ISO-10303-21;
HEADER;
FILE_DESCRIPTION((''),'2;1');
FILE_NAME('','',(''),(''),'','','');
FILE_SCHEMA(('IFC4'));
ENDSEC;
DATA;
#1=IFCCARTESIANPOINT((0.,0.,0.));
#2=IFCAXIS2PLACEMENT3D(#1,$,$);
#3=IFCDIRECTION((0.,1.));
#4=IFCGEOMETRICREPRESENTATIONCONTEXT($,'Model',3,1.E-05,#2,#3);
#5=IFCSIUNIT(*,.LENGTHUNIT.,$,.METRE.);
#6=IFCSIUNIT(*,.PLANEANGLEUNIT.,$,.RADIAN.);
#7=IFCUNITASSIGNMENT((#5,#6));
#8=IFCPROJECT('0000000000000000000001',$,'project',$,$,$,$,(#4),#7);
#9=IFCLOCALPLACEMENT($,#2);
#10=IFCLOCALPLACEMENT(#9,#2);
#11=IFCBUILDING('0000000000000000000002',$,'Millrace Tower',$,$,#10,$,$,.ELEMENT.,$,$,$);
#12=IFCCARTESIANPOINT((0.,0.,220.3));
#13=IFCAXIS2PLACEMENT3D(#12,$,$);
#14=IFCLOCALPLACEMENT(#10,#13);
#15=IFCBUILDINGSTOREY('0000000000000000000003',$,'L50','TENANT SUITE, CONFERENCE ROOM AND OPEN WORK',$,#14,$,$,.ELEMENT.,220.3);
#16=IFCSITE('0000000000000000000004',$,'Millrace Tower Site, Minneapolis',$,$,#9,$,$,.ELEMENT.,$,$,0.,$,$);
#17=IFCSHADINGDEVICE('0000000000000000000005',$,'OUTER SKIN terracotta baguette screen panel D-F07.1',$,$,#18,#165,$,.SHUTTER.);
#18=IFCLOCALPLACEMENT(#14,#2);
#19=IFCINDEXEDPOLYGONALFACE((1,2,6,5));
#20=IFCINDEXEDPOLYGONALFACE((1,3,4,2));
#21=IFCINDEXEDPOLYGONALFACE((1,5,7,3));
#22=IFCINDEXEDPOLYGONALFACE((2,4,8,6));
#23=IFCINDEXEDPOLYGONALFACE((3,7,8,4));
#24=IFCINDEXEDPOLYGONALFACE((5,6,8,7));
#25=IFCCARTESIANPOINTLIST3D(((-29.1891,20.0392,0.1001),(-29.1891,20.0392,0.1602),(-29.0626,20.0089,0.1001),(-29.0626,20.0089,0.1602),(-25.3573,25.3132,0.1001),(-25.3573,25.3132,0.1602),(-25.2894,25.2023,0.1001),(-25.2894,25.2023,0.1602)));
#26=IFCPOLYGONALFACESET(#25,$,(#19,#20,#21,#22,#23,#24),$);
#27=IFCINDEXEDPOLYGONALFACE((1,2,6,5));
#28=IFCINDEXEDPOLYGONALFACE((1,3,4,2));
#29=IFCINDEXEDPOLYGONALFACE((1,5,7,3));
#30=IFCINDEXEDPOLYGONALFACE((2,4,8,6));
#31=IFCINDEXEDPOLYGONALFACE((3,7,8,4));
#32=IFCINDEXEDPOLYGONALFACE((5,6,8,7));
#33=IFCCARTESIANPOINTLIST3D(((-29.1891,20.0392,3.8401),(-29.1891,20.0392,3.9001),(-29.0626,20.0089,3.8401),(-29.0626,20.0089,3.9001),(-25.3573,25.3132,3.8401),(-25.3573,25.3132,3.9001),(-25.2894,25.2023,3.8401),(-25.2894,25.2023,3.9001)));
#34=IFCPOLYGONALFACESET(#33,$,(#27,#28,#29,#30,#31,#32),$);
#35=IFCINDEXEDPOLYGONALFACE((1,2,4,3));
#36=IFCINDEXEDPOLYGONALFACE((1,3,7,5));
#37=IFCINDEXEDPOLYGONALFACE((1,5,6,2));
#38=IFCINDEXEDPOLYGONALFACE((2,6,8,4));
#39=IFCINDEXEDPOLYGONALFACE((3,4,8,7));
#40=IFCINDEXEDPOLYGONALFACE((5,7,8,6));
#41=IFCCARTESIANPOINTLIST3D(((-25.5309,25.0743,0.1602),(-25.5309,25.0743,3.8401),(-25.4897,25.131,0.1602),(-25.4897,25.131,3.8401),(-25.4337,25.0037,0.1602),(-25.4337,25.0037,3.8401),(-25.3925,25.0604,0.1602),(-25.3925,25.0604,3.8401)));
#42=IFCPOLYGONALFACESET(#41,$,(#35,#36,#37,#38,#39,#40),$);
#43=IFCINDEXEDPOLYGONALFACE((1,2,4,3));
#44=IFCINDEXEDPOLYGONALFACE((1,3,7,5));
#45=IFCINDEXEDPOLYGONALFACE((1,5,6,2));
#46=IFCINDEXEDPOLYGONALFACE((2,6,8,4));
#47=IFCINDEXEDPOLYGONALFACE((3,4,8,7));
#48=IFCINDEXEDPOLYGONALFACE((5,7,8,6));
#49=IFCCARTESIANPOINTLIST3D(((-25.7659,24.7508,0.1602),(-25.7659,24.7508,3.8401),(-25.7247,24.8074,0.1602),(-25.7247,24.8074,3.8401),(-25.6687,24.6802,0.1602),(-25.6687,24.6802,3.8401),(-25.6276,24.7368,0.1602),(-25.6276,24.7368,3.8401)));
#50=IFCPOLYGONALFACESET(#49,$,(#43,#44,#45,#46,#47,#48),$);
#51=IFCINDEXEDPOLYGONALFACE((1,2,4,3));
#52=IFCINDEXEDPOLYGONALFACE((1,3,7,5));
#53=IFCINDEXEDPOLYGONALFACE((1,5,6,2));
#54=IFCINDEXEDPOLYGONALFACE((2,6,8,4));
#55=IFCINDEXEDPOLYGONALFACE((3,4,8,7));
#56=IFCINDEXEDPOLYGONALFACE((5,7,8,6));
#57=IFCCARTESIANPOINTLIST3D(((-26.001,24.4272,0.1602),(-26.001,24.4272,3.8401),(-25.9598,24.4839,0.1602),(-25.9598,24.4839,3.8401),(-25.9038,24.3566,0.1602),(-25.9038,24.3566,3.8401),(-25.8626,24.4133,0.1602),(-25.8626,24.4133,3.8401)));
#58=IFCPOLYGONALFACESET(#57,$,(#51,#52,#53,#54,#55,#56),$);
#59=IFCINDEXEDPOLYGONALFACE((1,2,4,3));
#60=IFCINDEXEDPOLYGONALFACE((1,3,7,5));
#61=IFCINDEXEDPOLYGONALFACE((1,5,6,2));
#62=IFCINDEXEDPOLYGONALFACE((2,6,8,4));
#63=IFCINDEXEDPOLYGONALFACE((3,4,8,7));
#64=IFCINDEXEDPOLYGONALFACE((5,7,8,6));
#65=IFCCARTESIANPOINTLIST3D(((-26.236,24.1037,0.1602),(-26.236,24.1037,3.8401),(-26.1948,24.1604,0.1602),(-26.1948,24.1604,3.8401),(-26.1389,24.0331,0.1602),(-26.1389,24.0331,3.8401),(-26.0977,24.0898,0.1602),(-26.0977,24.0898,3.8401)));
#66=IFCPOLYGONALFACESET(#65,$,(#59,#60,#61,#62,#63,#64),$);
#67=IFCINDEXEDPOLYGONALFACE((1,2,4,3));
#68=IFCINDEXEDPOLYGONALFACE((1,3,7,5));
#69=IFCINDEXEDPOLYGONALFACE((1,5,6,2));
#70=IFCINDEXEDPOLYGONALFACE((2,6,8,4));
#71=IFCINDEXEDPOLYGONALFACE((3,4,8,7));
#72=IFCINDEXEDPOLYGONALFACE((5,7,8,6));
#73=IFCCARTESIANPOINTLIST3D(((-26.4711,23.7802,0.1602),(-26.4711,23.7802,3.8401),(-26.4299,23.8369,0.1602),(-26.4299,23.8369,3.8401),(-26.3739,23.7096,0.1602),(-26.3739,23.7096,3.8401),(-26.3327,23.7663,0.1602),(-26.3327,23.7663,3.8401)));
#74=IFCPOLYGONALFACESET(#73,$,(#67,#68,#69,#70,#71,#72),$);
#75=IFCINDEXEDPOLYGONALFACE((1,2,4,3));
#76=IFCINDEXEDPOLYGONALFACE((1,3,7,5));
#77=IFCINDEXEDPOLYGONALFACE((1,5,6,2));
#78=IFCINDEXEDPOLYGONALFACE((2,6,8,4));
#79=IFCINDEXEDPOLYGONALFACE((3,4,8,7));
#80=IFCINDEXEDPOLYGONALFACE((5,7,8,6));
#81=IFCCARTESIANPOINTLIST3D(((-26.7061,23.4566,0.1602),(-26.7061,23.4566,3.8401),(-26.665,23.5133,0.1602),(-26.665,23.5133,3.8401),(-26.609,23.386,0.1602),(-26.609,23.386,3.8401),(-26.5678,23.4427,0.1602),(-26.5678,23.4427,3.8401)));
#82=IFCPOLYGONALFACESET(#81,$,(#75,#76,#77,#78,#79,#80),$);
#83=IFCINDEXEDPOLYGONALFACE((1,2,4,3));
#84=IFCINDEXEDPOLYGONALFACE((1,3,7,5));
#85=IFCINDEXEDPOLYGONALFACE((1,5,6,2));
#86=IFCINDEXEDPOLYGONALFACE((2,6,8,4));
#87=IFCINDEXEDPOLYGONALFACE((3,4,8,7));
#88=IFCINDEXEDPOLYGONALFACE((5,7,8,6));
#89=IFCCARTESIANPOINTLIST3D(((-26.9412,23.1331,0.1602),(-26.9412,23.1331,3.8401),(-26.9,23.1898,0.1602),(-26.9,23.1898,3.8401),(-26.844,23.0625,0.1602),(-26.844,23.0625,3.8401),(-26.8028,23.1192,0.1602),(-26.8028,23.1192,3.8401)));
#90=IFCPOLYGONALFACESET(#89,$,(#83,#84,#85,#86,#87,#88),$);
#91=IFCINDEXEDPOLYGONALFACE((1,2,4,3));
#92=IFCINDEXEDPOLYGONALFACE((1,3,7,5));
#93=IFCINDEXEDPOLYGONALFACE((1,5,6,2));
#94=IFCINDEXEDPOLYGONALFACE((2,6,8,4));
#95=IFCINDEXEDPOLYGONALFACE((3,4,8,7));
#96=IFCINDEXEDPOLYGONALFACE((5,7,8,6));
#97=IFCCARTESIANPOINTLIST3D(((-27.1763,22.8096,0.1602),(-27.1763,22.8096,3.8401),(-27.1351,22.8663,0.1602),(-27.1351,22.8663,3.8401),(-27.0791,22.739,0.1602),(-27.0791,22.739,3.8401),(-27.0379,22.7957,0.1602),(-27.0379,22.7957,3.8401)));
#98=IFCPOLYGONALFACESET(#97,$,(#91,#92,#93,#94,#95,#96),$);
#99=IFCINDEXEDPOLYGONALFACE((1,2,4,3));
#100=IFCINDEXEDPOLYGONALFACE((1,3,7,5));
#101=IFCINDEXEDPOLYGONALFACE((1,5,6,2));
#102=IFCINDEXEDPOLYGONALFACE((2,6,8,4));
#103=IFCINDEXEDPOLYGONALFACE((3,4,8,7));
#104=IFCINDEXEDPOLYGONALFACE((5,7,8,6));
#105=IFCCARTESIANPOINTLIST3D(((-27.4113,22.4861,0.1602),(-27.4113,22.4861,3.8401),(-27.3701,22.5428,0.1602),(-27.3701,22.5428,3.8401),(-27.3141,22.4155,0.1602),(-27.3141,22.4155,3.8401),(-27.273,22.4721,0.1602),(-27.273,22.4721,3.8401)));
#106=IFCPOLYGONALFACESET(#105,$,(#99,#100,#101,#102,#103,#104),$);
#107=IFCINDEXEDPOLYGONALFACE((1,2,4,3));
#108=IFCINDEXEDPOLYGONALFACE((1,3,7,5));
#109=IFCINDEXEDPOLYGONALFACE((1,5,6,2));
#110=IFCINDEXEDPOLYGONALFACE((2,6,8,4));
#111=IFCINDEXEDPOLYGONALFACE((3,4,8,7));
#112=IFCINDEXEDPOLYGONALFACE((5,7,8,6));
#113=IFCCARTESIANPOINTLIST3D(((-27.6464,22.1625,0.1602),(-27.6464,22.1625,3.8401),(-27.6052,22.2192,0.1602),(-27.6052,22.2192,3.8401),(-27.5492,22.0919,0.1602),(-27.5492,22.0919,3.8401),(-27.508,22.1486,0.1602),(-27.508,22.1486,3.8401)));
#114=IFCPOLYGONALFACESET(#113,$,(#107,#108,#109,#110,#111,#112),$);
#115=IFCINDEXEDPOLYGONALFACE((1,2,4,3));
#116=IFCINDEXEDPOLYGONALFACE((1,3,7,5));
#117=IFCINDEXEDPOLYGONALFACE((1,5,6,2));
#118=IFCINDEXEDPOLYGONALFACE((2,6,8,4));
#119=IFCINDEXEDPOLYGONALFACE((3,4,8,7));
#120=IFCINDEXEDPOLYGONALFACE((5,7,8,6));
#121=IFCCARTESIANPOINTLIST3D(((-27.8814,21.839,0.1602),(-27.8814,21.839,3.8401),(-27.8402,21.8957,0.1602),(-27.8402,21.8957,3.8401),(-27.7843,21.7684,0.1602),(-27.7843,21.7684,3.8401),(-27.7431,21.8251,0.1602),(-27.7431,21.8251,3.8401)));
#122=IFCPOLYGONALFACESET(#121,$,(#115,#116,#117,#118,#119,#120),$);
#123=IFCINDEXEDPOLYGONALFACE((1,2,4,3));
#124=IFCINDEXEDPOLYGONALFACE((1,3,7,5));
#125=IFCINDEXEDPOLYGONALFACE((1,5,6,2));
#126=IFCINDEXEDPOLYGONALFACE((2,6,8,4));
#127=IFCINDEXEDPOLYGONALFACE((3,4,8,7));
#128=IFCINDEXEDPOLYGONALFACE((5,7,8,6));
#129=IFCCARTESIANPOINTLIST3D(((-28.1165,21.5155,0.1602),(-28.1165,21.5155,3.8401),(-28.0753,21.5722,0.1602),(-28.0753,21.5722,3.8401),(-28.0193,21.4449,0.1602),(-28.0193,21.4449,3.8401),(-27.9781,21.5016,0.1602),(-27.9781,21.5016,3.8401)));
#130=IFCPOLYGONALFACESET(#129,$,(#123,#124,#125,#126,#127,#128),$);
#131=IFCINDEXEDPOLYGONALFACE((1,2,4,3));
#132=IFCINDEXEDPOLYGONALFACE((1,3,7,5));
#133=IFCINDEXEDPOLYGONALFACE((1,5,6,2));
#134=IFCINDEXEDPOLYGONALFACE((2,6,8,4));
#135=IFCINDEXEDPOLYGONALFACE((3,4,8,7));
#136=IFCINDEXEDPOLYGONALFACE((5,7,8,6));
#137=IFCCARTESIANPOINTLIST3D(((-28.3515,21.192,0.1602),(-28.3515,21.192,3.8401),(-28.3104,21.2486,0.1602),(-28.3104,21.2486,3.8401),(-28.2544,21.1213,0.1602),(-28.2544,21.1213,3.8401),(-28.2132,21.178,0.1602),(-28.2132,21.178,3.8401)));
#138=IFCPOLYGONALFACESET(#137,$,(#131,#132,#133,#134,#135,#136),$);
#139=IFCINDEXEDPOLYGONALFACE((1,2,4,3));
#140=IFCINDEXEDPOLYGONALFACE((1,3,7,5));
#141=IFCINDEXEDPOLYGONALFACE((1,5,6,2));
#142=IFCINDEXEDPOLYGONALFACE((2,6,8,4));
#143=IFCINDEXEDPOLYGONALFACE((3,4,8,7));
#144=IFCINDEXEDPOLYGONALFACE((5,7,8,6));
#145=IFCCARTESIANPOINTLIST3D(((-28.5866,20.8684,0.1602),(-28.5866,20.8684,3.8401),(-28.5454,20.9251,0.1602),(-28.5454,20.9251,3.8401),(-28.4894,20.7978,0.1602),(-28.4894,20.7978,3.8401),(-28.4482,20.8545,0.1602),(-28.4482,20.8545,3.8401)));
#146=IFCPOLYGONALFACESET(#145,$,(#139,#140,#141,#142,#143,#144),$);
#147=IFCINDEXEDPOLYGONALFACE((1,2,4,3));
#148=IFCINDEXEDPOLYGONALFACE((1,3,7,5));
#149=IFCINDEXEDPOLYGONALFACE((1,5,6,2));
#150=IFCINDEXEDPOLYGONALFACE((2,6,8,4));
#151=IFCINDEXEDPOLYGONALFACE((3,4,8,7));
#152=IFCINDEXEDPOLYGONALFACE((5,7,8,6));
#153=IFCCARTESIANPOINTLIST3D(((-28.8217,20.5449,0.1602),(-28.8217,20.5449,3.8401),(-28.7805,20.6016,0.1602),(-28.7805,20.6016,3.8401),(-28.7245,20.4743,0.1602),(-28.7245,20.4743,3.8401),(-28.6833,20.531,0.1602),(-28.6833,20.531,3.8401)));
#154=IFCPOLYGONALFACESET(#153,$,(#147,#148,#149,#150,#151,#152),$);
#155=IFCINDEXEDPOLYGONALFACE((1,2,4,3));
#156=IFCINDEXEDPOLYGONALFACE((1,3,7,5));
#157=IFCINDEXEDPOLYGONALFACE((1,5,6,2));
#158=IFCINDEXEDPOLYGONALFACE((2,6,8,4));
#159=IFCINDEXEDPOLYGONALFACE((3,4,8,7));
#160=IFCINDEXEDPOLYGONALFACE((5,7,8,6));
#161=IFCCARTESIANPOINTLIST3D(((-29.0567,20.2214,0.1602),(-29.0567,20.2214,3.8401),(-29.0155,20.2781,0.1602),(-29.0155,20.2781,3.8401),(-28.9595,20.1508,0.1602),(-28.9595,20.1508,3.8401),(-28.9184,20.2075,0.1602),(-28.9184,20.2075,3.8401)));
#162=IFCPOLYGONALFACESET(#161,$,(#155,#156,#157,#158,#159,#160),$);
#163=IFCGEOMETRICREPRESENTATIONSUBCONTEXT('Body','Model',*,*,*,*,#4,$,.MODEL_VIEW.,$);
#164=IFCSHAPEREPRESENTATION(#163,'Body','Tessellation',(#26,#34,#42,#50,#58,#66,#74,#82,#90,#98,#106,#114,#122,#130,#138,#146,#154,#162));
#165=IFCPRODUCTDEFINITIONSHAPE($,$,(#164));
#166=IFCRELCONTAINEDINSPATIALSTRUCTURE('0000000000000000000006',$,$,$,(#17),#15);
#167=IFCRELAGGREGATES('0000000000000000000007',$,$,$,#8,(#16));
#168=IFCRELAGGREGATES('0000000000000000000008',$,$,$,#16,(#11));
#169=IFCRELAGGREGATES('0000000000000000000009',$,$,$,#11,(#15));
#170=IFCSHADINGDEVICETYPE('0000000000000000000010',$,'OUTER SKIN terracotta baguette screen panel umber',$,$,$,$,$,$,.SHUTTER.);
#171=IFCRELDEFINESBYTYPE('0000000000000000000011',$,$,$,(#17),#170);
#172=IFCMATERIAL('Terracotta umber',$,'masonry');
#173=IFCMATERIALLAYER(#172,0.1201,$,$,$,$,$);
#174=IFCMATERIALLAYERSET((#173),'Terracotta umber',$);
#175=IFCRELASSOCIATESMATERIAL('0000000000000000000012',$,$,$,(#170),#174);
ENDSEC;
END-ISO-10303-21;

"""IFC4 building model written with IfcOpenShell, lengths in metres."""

from ifc_helpers import new_model, entity, si_unit, direction, frame, frame_2d, origin, place, context, subcontext, project, spatial, rectangle, extrude, source, transform, mapped, material, layer, layer_set, type_object, element, save


model = new_model("IFC4")

# Units and contexts
model_context = context("Model", 3, precision=1e-05, world=origin(), true_north=direction((0.0, 1.0)))
body_context = subcontext(model_context, "Body", "Model", "MODEL_VIEW")
ifc_project = project(units=[si_unit("LENGTHUNIT", "METRE"), si_unit("PLANEANGLEUNIT", "RADIAN")], contexts=[model_context])

# Site, building, storey
site_placement = place(None, origin())
site = spatial("IfcSite", under=ifc_project, at=site_placement, Name="Millrace Tower Site, Minneapolis", CompositionType="ELEMENT", RefElevation=0.0)
building_placement = place(site_placement, origin())
building = spatial("IfcBuilding", under=site, at=building_placement, Name="Millrace Tower", CompositionType="ELEMENT")
storey_placement = place(building_placement, frame((0.0, 0.0, 220.3)))
storey = spatial("IfcBuildingStorey", under=building, at=storey_placement, Name="L50", Description="TENANT SUITE, CONFERENCE ROOM AND OPEN WORK", CompositionType="ELEMENT", Elevation=220.3)

# Shading device
ifc_material_1 = material(Name="Terracotta umber", Category="masonry")
ifc_layer_1 = layer(ifc_material_1, 0.1201)
ifc_layer_set_1 = layer_set([ifc_layer_1], Name="Terracotta umber")
shading_device_type = type_object("IfcShadingDeviceType", Name="OUTER SKIN terracotta baguette screen panel umber", PredefinedType="SHUTTER", material=ifc_layer_set_1)
cartesian_point_1 = entity("IfcCartesianPoint", [-3.2097, 0.0601])
shared_polyline_1 = entity("IfcPolyline", [cartesian_point_1, entity("IfcCartesianPoint", [3.2097, 0.0601]), entity("IfcCartesianPoint", [3.2595, -0.0601]), entity("IfcCartesianPoint", [-3.2595, -0.0601]), cartesian_point_1])
shared_shape_1 = source(origin(), body_context, "Body", "SweptSolid", [
    entity("IfcExtrudedAreaSolid", entity("IfcArbitraryClosedProfileDef", "AREA", None, shared_polyline_1), entity("IfcAxis2Placement3D", entity("IfcCartesianPoint", [0.0, 0.0, 0.0])), entity("IfcDirection", [0.0, 0.0, 1.0]), 0.0601),
    entity("IfcExtrudedAreaSolid", entity("IfcArbitraryClosedProfileDef", "AREA", None, shared_polyline_1), entity("IfcAxis2Placement3D", entity("IfcCartesianPoint", [0.0, 0.0, 3.74])), entity("IfcDirection", [0.0, 0.0, 1.0]), 0.0601),
    extrude(rectangle(XDim=0.0701, YDim=0.1201, at=frame_2d((-2.9993, 0.0))), frame((0.0, 0.0, 0.0601)), (0.0, 0.0, 1.0), 3.6799),
    extrude(rectangle(XDim=0.0701, YDim=0.1201, at=frame_2d((-2.5994, 0.0))), frame((0.0, 0.0, 0.0601)), (0.0, 0.0, 1.0), 3.6799),
    extrude(rectangle(XDim=0.0701, YDim=0.1201, at=frame_2d((-2.1995, 0.0))), frame((0.0, 0.0, 0.0601)), (0.0, 0.0, 1.0), 3.6799),
    extrude(rectangle(XDim=0.0701, YDim=0.1201, at=frame_2d((-1.7996, 0.0))), frame((0.0, 0.0, 0.0601)), (0.0, 0.0, 1.0), 3.6799),
    extrude(rectangle(XDim=0.0701, YDim=0.1201, at=frame_2d((-1.3997, 0.0))), frame((0.0, 0.0, 0.0601)), (0.0, 0.0, 1.0), 3.6799),
    extrude(rectangle(XDim=0.0701, YDim=0.1201, at=frame_2d((-0.9998, 0.0))), frame((0.0, 0.0, 0.0601)), (0.0, 0.0, 1.0), 3.6799),
    extrude(rectangle(XDim=0.0701, YDim=0.1201, at=frame_2d((-0.5999, 0.0))), frame((0.0, 0.0, 0.0601)), (0.0, 0.0, 1.0), 3.6799),
    extrude(rectangle(XDim=0.0701, YDim=0.1201, at=frame_2d((-0.2, 0.0))), frame((0.0, 0.0, 0.0601)), (0.0, 0.0, 1.0), 3.6799),
    extrude(rectangle(XDim=0.0701, YDim=0.1201, at=frame_2d((0.2, 0.0))), frame((0.0, 0.0, 0.0601)), (0.0, 0.0, 1.0), 3.6799),
    extrude(rectangle(XDim=0.0701, YDim=0.1201, at=frame_2d((0.5999, 0.0))), frame((0.0, 0.0, 0.0601)), (0.0, 0.0, 1.0), 3.6799),
    extrude(rectangle(XDim=0.0701, YDim=0.1201, at=frame_2d((0.9998, 0.0))), frame((0.0, 0.0, 0.0601)), (0.0, 0.0, 1.0), 3.6799),
    extrude(rectangle(XDim=0.0701, YDim=0.1201, at=frame_2d((1.3997, 0.0))), frame((0.0, 0.0, 0.0601)), (0.0, 0.0, 1.0), 3.6799),
    extrude(rectangle(XDim=0.0701, YDim=0.1201, at=frame_2d((1.7996, 0.0))), frame((0.0, 0.0, 0.0601)), (0.0, 0.0, 1.0), 3.6799),
    extrude(rectangle(XDim=0.0701, YDim=0.1201, at=frame_2d((2.1995, 0.0))), frame((0.0, 0.0, 0.0601)), (0.0, 0.0, 1.0), 3.6799),
    extrude(rectangle(XDim=0.0701, YDim=0.1201, at=frame_2d((2.5994, 0.0))), frame((0.0, 0.0, 0.0601)), (0.0, 0.0, 1.0), 3.6799),
    extrude(rectangle(XDim=0.0701, YDim=0.1201, at=frame_2d((2.9993, 0.0))), frame((0.0, 0.0, 0.0601)), (0.0, 0.0, 1.0), 3.6799),
])
shading_device_1_placement = place(storey_placement, frame((-27.2246, 22.6409, 0.1001), z_axis=(0.0, 0.0, 1.0), x_axis=(-0.587785, -0.809017, 0.0)))
element("IfcShadingDevice", 1, at=shading_device_1_placement, inside=storey, type_object=shading_device_type, Name="OUTER SKIN terracotta baguette screen panel D-F07.1", PredefinedType="SHUTTER", context=body_context, shape_type="MappedRepresentation", body=[
    mapped(shared_shape_1, transform((0.0, 0.0, 0.0), scale=1.0)),
])

save(model, "model.ifc")
